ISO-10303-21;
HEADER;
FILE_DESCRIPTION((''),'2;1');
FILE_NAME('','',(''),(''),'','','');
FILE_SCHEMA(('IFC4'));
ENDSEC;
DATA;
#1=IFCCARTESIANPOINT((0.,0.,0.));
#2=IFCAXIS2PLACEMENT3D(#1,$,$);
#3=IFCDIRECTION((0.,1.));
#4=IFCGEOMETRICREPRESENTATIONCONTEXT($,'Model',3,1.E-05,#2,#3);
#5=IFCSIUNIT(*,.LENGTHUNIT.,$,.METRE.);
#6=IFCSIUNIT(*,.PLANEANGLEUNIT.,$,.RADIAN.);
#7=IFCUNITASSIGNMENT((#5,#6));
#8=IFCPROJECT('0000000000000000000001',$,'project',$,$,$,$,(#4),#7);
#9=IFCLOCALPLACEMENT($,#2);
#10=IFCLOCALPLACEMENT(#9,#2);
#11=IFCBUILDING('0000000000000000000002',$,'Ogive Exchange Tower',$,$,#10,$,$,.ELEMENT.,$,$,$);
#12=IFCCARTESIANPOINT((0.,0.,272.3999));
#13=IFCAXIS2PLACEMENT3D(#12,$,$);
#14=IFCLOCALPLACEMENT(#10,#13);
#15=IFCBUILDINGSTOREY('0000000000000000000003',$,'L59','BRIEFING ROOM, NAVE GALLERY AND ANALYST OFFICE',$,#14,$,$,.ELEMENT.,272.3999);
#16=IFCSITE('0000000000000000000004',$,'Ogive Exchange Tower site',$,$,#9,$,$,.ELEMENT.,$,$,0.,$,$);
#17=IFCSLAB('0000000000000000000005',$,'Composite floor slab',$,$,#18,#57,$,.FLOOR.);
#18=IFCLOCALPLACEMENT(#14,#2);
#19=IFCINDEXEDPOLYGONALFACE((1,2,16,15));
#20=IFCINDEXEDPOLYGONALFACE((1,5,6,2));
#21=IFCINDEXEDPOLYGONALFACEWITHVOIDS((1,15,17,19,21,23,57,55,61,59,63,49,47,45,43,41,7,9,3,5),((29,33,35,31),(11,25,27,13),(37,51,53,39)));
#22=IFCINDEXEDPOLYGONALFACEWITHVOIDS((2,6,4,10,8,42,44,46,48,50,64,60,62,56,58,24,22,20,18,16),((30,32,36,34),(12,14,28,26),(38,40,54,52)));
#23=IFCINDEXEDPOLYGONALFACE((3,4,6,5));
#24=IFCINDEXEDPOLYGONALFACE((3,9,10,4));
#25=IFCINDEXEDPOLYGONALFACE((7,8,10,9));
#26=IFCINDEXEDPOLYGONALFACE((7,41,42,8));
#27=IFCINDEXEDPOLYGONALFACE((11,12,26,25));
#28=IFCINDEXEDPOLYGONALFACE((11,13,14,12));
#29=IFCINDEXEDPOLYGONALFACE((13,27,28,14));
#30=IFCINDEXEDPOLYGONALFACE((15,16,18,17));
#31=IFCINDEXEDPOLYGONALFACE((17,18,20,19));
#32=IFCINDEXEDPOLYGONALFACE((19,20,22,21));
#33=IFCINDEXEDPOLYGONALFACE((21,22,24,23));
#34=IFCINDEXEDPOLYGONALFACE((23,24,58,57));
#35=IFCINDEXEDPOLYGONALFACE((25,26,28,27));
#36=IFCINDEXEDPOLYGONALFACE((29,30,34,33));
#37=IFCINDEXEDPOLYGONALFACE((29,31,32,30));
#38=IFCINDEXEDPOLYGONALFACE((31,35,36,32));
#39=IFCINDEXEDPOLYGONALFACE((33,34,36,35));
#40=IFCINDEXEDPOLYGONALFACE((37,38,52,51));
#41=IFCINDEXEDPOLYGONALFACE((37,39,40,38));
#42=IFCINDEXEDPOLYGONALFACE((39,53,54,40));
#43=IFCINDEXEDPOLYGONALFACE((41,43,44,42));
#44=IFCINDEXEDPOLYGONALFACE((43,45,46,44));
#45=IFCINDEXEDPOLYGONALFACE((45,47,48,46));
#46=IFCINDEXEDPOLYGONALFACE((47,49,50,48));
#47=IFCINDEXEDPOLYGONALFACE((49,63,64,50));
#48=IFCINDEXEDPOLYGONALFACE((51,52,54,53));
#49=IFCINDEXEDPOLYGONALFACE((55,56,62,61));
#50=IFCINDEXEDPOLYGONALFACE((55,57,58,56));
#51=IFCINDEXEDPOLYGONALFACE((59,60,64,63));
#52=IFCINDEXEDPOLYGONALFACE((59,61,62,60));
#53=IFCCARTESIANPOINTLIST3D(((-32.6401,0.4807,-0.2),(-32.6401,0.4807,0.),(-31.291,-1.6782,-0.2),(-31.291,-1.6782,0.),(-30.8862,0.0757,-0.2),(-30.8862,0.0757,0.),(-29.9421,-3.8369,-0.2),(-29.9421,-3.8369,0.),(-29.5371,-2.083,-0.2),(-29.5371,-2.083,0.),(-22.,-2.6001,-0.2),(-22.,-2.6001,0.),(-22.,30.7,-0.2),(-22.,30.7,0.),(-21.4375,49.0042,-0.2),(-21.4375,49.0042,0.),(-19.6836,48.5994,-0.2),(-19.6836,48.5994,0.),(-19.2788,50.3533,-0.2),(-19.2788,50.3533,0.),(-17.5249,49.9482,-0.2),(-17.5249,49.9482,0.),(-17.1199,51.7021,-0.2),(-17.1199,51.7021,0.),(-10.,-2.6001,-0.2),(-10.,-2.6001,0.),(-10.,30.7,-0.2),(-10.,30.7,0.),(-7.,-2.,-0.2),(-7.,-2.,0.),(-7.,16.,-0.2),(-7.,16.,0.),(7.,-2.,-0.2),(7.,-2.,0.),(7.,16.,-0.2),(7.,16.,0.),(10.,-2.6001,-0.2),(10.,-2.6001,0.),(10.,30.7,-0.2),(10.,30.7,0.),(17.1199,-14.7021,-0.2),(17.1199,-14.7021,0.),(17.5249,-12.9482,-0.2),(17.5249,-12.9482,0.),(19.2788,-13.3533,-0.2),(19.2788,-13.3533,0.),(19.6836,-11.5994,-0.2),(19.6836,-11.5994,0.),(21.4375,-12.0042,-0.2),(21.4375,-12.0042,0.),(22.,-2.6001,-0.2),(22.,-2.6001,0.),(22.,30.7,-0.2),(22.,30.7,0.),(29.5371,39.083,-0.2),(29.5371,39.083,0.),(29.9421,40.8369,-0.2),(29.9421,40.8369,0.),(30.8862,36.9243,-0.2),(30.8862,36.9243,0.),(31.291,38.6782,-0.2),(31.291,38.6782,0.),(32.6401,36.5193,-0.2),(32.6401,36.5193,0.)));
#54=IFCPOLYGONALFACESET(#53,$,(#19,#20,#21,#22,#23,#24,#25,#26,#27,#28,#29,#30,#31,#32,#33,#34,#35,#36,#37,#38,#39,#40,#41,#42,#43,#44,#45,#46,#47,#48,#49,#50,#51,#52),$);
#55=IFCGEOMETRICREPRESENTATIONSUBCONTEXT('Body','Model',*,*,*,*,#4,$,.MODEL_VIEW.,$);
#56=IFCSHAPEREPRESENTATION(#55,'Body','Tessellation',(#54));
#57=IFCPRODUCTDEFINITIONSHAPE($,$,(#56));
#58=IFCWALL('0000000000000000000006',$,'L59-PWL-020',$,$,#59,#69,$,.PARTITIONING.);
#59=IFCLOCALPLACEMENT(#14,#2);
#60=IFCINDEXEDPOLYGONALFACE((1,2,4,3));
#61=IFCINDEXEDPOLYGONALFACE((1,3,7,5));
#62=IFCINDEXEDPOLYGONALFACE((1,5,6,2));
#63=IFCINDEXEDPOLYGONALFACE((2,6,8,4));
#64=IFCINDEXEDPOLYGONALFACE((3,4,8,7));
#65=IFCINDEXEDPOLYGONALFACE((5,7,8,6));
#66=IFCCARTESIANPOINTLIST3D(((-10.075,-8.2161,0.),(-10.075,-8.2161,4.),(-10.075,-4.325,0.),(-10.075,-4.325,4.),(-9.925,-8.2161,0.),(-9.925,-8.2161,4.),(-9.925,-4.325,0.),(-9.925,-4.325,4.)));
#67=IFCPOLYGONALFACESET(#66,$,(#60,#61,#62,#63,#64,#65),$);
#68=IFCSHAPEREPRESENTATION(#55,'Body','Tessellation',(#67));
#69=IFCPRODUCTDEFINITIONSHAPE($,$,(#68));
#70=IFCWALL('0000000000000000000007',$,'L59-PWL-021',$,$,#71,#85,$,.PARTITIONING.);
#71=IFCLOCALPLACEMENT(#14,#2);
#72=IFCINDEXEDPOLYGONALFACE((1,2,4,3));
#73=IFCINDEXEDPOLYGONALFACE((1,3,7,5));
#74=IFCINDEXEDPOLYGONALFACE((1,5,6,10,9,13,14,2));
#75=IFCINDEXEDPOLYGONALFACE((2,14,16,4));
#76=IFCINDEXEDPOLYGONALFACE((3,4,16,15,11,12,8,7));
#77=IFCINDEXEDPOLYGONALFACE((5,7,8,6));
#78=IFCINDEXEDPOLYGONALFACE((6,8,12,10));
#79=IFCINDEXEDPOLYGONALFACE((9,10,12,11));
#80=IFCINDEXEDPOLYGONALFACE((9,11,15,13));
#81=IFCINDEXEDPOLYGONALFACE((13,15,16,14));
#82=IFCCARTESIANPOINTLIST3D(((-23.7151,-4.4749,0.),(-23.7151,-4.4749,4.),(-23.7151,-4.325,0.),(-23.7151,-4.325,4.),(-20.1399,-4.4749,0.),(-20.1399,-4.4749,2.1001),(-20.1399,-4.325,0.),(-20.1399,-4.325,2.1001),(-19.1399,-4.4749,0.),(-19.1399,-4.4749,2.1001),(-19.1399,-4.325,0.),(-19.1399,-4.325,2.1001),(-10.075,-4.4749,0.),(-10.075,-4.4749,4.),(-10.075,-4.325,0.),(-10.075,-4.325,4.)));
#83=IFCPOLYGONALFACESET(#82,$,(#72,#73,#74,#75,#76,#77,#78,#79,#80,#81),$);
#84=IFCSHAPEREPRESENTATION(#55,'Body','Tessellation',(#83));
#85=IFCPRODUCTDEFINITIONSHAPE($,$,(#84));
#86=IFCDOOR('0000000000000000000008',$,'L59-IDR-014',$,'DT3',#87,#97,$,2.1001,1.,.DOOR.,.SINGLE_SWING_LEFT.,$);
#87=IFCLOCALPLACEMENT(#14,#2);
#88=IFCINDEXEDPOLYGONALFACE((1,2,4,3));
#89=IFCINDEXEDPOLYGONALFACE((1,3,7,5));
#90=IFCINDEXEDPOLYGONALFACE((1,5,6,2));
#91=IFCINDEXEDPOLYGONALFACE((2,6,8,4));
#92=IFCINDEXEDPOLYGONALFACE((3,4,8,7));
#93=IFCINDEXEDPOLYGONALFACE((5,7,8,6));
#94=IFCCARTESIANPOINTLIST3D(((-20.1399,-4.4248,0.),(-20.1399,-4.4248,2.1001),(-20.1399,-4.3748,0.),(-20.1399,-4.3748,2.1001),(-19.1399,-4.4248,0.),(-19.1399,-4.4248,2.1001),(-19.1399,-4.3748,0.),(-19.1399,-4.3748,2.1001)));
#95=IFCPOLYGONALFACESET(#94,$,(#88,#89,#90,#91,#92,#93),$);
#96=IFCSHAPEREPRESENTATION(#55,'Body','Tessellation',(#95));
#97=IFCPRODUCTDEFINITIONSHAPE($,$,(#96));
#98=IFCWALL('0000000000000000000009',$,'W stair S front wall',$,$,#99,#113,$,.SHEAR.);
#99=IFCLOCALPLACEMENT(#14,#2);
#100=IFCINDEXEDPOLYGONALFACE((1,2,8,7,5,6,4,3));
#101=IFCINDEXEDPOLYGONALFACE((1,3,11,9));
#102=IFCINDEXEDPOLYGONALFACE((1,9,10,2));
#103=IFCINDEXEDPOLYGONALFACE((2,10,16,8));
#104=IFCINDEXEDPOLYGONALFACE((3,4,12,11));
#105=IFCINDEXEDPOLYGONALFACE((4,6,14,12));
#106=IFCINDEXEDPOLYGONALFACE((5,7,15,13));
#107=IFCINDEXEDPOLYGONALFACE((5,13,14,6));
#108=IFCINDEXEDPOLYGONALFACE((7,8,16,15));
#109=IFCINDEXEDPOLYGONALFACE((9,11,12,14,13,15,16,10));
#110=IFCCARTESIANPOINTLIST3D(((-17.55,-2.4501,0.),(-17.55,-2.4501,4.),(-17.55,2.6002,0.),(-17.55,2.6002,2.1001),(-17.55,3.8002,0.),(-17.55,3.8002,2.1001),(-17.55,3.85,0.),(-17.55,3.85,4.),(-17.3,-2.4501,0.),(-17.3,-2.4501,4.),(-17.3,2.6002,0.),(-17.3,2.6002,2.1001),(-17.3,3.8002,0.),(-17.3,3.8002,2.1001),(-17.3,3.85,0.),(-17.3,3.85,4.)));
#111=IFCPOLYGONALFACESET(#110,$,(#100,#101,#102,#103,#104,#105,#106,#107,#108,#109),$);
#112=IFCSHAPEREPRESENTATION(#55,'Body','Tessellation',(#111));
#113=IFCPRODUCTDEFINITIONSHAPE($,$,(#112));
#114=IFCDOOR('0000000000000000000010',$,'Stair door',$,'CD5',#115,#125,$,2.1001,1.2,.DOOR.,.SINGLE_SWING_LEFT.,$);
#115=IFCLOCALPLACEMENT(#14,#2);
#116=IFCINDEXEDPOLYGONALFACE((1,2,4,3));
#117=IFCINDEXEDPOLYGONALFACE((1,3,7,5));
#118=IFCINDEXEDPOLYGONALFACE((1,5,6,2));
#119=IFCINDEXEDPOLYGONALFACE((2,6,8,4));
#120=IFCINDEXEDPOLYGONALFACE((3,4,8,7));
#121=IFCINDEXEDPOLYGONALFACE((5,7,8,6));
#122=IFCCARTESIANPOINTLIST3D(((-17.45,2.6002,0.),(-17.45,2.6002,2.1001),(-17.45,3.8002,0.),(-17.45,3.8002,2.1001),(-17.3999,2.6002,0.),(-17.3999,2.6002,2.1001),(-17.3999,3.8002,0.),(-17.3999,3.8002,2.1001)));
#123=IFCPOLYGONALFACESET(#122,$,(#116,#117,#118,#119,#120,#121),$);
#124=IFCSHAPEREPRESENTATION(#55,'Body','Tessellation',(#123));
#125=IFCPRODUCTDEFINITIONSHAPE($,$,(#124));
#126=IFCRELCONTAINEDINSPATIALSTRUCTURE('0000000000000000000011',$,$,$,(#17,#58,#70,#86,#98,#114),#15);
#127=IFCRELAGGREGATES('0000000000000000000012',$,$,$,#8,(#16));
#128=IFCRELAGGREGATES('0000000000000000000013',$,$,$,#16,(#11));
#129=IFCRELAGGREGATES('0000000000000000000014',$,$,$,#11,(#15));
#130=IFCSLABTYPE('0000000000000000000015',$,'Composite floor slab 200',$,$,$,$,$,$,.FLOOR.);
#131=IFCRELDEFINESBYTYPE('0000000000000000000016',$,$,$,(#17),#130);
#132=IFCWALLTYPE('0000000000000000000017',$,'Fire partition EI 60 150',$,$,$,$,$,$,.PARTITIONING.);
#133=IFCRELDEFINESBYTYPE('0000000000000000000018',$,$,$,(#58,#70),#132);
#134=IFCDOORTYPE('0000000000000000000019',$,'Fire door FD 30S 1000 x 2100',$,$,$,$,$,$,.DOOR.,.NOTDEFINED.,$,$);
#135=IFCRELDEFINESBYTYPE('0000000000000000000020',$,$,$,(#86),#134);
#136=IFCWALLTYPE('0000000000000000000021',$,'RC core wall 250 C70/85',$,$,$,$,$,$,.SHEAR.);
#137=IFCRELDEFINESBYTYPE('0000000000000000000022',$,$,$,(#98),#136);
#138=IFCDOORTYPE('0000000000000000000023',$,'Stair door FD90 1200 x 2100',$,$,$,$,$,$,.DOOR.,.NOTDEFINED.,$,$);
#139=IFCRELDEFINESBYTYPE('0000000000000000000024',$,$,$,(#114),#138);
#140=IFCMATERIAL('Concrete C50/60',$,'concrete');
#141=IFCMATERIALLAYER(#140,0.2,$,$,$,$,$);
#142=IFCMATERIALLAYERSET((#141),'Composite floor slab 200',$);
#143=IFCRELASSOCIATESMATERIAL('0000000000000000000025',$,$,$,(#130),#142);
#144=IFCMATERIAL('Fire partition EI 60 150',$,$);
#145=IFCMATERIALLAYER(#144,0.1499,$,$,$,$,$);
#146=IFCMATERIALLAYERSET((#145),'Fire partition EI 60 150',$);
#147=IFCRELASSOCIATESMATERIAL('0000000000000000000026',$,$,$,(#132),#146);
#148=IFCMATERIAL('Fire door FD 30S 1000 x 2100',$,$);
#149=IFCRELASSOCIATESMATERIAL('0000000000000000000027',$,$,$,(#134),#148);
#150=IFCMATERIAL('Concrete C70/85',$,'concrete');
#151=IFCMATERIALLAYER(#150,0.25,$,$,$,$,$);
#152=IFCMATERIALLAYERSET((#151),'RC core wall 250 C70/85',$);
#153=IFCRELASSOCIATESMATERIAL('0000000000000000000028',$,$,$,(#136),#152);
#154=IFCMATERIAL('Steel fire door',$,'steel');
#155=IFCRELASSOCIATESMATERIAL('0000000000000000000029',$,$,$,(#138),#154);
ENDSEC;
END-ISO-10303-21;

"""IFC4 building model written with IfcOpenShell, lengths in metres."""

from ifc_helpers import new_model, si_unit, direction, frame, frame_2d, origin, place, context, subcontext, project, spatial, polyline, rectangle, outline, extrude, material, layer, layer_set, type_object, element, fill, save


model = new_model("IFC4")

# Units and contexts
model_context = context("Model", 3, precision=1e-05, world=origin(), true_north=direction((0.0, 1.0)))
body_context = subcontext(model_context, "Body", "Model", "MODEL_VIEW")
ifc_project = project(units=[si_unit("LENGTHUNIT", "METRE"), si_unit("PLANEANGLEUNIT", "RADIAN")], contexts=[model_context])

# Site, building, storey
site_placement = place(None, origin())
site = spatial("IfcSite", under=ifc_project, at=site_placement, Name="Ogive Exchange Tower site", CompositionType="ELEMENT", RefElevation=0.0)
building_placement = place(site_placement, origin())
building = spatial("IfcBuilding", under=site, at=building_placement, Name="Ogive Exchange Tower", CompositionType="ELEMENT")
storey_placement = place(building_placement, frame((0.0, 0.0, 272.3999)))
storey = spatial("IfcBuildingStorey", under=building, at=storey_placement, Name="L59", Description="BRIEFING ROOM, NAVE GALLERY AND ANALYST OFFICE", CompositionType="ELEMENT", Elevation=272.3999)

# Slab
ifc_material_1 = material(Name="Concrete C50/60", Category="concrete")
ifc_layer_1 = layer(ifc_material_1, 0.2)
ifc_layer_set_1 = layer_set([ifc_layer_1], Name="Composite floor slab 200")
slab_type = type_object("IfcSlabType", Name="Composite floor slab 200", PredefinedType="FLOOR", material=ifc_layer_set_1)
slab_placement = place(storey_placement, frame((0.0, 0.0, -0.2)))
element("IfcSlab", 1, at=slab_placement, inside=storey, type_object=slab_type, Name="Composite floor slab", PredefinedType="FLOOR", context=body_context, shape_type="SweptSolid", body=[
    extrude(outline(polyline([(-29.5371, -2.083), (-31.291, -1.6782), (-30.8862, 0.0757), (-32.6401, 0.4807), (-21.4375, 49.0042), (-19.6836, 48.5994), (-19.2788, 50.3533), (-17.5249, 49.9482), (-17.1199, 51.7021), (29.9421, 40.8369), (29.5371, 39.083), (31.291, 38.6782), (30.8862, 36.9243), (32.6401, 36.5193), (21.4375, -12.0042), (19.6836, -11.5994), (19.2788, -13.3533), (17.5249, -12.9482), (17.1199, -14.7021), (-29.9421, -3.8369), (-29.5371, -2.083)]), holes=[polyline([(7.0, -2.0), (7.0, 16.0), (-7.0, 16.0), (-7.0, -2.0), (7.0, -2.0)]), polyline([(-22.0, -2.6001), (-10.0, -2.6001), (-10.0, 30.7), (-22.0, 30.7), (-22.0, -2.6001)]), polyline([(10.0, -2.6001), (22.0, -2.6001), (22.0, 30.7), (10.0, 30.7), (10.0, -2.6001)])]), origin(), (0.0, 0.0, 1.0), 0.2),
])

# Wall
ifc_material_2 = material(Name="Fire partition EI 60 150")
ifc_layer_2 = layer(ifc_material_2, 0.1499)
ifc_layer_set_2 = layer_set([ifc_layer_2], Name="Fire partition EI 60 150")
wall_type_1 = type_object("IfcWallType", Name="Fire partition EI 60 150", PredefinedType="PARTITIONING", material=ifc_layer_set_2)
wall_1_placement = place(storey_placement, frame((-10.0, -8.2161, 0.0), z_axis=(0.0, 0.0, 1.0), x_axis=(0.0, 1.0, 0.0)))
element("IfcWall", 2, at=wall_1_placement, inside=storey, type_object=wall_type_1, Name="L59-PWL-020", PredefinedType="PARTITIONING", context=body_context, shape_type="SweptSolid", body=[
    extrude(rectangle(XDim=3.8911, YDim=0.1499, at=frame_2d((1.9456, 0.0))), origin(), (0.0, 0.0, 1.0), 4.0),
])

# Walls, openings, doors
wall_2_placement = place(storey_placement, frame((-10.075, -4.3999, 0.0), z_axis=(0.0, 0.0, 1.0), x_axis=(-1.0, 0.0, 0.0)))
wall_2 = element("IfcWall", 3, at=wall_2_placement, inside=storey, type_object=wall_type_1, Name="L59-PWL-021", PredefinedType="PARTITIONING", context=body_context, shape_type="SweptSolid", body=[
    extrude(rectangle(XDim=13.6401, YDim=0.1499, at=frame_2d((6.8201, 0.0))), origin(), (0.0, 0.0, 1.0), 4.0),
])
opening_1_placement = place(wall_2_placement, frame((9.0649, 0.0, 0.0)))
opening_1 = element("IfcOpeningElement", 4, at=opening_1_placement, cuts=wall_2, PredefinedType="OPENING", context=body_context, shape_type="SweptSolid", body=[
    extrude(rectangle(XDim=1.0, YDim=2.1001, at=frame_2d((0.5, 1.05))), frame((0.0, 0.085, 0.0), z_axis=(0.0, -1.0, 0.0), x_axis=(1.0, 0.0, 0.0)), (0.0, 0.0, 1.0), 0.1699),
])
ifc_material_3 = material(Name="Fire door FD 30S 1000 x 2100")
door_type_1 = type_object("IfcDoorType", Name="Fire door FD 30S 1000 x 2100", OperationType="NOTDEFINED", PredefinedType="DOOR", material=ifc_material_3)
door_1_placement = place(opening_1_placement, origin())
door_1 = element("IfcDoor", 5, at=door_1_placement, inside=storey, type_object=door_type_1, Name="L59-IDR-014", ObjectType="DT3", OperationType="SINGLE_SWING_LEFT", OverallHeight=2.1001, OverallWidth=1.0, PredefinedType="DOOR", context=body_context, shape_type="SweptSolid", body=[
    extrude(rectangle(XDim=1.0, YDim=2.1001, at=frame_2d((0.5, 1.05))), frame((0.0, 0.0249, 0.0), z_axis=(0.0, -1.0, 0.0), x_axis=(1.0, 0.0, 0.0)), (0.0, 0.0, 1.0), 0.05),
])
fill(opening_1, door_1)
ifc_material_4 = material(Name="Concrete C70/85", Category="concrete")
ifc_layer_3 = layer(ifc_material_4, 0.25)
ifc_layer_set_3 = layer_set([ifc_layer_3], Name="RC core wall 250 C70/85")
wall_type_2 = type_object("IfcWallType", Name="RC core wall 250 C70/85", PredefinedType="SHEAR", material=ifc_layer_set_3)
wall_3_placement = place(storey_placement, frame((-17.425, -2.45, 0.0), z_axis=(0.0, 0.0, 1.0), x_axis=(0.0, 1.0, 0.0)))
wall_3 = element("IfcWall", 6, at=wall_3_placement, inside=storey, type_object=wall_type_2, Name="W stair S front wall", PredefinedType="SHEAR", context=body_context, shape_type="SweptSolid", body=[
    extrude(rectangle(XDim=6.3, YDim=0.25, at=frame_2d((3.1499, 0.0))), origin(), (0.0, 0.0, 1.0), 4.0),
])
opening_2_placement = place(wall_3_placement, frame((5.05, 0.0, 0.0)))
opening_2 = element("IfcOpeningElement", 7, at=opening_2_placement, cuts=wall_3, PredefinedType="OPENING", context=body_context, shape_type="SweptSolid", body=[
    extrude(rectangle(XDim=1.2, YDim=2.1001, at=frame_2d((0.6001, 1.05))), frame((0.0, 0.135, 0.0), z_axis=(0.0, -1.0, 0.0), x_axis=(1.0, 0.0, 0.0)), (0.0, 0.0, 1.0), 0.27),
])
ifc_material_5 = material(Name="Steel fire door", Category="steel")
door_type_2 = type_object("IfcDoorType", Name="Stair door FD90 1200 x 2100", OperationType="NOTDEFINED", PredefinedType="DOOR", material=ifc_material_5)
door_2_placement = place(opening_2_placement, origin())
door_2 = element("IfcDoor", 8, at=door_2_placement, inside=storey, type_object=door_type_2, Name="Stair door", ObjectType="CD5", OperationType="SINGLE_SWING_LEFT", OverallHeight=2.1001, OverallWidth=1.2, PredefinedType="DOOR", context=body_context, shape_type="SweptSolid", body=[
    extrude(rectangle(XDim=1.2, YDim=2.1001, at=frame_2d((0.6001, 1.05))), frame((0.0, 0.0249, 0.0), z_axis=(0.0, -1.0, 0.0), x_axis=(1.0, 0.0, 0.0)), (0.0, 0.0, 1.0), 0.05),
])
fill(opening_2, door_2)

save(model, "model.ifc")
